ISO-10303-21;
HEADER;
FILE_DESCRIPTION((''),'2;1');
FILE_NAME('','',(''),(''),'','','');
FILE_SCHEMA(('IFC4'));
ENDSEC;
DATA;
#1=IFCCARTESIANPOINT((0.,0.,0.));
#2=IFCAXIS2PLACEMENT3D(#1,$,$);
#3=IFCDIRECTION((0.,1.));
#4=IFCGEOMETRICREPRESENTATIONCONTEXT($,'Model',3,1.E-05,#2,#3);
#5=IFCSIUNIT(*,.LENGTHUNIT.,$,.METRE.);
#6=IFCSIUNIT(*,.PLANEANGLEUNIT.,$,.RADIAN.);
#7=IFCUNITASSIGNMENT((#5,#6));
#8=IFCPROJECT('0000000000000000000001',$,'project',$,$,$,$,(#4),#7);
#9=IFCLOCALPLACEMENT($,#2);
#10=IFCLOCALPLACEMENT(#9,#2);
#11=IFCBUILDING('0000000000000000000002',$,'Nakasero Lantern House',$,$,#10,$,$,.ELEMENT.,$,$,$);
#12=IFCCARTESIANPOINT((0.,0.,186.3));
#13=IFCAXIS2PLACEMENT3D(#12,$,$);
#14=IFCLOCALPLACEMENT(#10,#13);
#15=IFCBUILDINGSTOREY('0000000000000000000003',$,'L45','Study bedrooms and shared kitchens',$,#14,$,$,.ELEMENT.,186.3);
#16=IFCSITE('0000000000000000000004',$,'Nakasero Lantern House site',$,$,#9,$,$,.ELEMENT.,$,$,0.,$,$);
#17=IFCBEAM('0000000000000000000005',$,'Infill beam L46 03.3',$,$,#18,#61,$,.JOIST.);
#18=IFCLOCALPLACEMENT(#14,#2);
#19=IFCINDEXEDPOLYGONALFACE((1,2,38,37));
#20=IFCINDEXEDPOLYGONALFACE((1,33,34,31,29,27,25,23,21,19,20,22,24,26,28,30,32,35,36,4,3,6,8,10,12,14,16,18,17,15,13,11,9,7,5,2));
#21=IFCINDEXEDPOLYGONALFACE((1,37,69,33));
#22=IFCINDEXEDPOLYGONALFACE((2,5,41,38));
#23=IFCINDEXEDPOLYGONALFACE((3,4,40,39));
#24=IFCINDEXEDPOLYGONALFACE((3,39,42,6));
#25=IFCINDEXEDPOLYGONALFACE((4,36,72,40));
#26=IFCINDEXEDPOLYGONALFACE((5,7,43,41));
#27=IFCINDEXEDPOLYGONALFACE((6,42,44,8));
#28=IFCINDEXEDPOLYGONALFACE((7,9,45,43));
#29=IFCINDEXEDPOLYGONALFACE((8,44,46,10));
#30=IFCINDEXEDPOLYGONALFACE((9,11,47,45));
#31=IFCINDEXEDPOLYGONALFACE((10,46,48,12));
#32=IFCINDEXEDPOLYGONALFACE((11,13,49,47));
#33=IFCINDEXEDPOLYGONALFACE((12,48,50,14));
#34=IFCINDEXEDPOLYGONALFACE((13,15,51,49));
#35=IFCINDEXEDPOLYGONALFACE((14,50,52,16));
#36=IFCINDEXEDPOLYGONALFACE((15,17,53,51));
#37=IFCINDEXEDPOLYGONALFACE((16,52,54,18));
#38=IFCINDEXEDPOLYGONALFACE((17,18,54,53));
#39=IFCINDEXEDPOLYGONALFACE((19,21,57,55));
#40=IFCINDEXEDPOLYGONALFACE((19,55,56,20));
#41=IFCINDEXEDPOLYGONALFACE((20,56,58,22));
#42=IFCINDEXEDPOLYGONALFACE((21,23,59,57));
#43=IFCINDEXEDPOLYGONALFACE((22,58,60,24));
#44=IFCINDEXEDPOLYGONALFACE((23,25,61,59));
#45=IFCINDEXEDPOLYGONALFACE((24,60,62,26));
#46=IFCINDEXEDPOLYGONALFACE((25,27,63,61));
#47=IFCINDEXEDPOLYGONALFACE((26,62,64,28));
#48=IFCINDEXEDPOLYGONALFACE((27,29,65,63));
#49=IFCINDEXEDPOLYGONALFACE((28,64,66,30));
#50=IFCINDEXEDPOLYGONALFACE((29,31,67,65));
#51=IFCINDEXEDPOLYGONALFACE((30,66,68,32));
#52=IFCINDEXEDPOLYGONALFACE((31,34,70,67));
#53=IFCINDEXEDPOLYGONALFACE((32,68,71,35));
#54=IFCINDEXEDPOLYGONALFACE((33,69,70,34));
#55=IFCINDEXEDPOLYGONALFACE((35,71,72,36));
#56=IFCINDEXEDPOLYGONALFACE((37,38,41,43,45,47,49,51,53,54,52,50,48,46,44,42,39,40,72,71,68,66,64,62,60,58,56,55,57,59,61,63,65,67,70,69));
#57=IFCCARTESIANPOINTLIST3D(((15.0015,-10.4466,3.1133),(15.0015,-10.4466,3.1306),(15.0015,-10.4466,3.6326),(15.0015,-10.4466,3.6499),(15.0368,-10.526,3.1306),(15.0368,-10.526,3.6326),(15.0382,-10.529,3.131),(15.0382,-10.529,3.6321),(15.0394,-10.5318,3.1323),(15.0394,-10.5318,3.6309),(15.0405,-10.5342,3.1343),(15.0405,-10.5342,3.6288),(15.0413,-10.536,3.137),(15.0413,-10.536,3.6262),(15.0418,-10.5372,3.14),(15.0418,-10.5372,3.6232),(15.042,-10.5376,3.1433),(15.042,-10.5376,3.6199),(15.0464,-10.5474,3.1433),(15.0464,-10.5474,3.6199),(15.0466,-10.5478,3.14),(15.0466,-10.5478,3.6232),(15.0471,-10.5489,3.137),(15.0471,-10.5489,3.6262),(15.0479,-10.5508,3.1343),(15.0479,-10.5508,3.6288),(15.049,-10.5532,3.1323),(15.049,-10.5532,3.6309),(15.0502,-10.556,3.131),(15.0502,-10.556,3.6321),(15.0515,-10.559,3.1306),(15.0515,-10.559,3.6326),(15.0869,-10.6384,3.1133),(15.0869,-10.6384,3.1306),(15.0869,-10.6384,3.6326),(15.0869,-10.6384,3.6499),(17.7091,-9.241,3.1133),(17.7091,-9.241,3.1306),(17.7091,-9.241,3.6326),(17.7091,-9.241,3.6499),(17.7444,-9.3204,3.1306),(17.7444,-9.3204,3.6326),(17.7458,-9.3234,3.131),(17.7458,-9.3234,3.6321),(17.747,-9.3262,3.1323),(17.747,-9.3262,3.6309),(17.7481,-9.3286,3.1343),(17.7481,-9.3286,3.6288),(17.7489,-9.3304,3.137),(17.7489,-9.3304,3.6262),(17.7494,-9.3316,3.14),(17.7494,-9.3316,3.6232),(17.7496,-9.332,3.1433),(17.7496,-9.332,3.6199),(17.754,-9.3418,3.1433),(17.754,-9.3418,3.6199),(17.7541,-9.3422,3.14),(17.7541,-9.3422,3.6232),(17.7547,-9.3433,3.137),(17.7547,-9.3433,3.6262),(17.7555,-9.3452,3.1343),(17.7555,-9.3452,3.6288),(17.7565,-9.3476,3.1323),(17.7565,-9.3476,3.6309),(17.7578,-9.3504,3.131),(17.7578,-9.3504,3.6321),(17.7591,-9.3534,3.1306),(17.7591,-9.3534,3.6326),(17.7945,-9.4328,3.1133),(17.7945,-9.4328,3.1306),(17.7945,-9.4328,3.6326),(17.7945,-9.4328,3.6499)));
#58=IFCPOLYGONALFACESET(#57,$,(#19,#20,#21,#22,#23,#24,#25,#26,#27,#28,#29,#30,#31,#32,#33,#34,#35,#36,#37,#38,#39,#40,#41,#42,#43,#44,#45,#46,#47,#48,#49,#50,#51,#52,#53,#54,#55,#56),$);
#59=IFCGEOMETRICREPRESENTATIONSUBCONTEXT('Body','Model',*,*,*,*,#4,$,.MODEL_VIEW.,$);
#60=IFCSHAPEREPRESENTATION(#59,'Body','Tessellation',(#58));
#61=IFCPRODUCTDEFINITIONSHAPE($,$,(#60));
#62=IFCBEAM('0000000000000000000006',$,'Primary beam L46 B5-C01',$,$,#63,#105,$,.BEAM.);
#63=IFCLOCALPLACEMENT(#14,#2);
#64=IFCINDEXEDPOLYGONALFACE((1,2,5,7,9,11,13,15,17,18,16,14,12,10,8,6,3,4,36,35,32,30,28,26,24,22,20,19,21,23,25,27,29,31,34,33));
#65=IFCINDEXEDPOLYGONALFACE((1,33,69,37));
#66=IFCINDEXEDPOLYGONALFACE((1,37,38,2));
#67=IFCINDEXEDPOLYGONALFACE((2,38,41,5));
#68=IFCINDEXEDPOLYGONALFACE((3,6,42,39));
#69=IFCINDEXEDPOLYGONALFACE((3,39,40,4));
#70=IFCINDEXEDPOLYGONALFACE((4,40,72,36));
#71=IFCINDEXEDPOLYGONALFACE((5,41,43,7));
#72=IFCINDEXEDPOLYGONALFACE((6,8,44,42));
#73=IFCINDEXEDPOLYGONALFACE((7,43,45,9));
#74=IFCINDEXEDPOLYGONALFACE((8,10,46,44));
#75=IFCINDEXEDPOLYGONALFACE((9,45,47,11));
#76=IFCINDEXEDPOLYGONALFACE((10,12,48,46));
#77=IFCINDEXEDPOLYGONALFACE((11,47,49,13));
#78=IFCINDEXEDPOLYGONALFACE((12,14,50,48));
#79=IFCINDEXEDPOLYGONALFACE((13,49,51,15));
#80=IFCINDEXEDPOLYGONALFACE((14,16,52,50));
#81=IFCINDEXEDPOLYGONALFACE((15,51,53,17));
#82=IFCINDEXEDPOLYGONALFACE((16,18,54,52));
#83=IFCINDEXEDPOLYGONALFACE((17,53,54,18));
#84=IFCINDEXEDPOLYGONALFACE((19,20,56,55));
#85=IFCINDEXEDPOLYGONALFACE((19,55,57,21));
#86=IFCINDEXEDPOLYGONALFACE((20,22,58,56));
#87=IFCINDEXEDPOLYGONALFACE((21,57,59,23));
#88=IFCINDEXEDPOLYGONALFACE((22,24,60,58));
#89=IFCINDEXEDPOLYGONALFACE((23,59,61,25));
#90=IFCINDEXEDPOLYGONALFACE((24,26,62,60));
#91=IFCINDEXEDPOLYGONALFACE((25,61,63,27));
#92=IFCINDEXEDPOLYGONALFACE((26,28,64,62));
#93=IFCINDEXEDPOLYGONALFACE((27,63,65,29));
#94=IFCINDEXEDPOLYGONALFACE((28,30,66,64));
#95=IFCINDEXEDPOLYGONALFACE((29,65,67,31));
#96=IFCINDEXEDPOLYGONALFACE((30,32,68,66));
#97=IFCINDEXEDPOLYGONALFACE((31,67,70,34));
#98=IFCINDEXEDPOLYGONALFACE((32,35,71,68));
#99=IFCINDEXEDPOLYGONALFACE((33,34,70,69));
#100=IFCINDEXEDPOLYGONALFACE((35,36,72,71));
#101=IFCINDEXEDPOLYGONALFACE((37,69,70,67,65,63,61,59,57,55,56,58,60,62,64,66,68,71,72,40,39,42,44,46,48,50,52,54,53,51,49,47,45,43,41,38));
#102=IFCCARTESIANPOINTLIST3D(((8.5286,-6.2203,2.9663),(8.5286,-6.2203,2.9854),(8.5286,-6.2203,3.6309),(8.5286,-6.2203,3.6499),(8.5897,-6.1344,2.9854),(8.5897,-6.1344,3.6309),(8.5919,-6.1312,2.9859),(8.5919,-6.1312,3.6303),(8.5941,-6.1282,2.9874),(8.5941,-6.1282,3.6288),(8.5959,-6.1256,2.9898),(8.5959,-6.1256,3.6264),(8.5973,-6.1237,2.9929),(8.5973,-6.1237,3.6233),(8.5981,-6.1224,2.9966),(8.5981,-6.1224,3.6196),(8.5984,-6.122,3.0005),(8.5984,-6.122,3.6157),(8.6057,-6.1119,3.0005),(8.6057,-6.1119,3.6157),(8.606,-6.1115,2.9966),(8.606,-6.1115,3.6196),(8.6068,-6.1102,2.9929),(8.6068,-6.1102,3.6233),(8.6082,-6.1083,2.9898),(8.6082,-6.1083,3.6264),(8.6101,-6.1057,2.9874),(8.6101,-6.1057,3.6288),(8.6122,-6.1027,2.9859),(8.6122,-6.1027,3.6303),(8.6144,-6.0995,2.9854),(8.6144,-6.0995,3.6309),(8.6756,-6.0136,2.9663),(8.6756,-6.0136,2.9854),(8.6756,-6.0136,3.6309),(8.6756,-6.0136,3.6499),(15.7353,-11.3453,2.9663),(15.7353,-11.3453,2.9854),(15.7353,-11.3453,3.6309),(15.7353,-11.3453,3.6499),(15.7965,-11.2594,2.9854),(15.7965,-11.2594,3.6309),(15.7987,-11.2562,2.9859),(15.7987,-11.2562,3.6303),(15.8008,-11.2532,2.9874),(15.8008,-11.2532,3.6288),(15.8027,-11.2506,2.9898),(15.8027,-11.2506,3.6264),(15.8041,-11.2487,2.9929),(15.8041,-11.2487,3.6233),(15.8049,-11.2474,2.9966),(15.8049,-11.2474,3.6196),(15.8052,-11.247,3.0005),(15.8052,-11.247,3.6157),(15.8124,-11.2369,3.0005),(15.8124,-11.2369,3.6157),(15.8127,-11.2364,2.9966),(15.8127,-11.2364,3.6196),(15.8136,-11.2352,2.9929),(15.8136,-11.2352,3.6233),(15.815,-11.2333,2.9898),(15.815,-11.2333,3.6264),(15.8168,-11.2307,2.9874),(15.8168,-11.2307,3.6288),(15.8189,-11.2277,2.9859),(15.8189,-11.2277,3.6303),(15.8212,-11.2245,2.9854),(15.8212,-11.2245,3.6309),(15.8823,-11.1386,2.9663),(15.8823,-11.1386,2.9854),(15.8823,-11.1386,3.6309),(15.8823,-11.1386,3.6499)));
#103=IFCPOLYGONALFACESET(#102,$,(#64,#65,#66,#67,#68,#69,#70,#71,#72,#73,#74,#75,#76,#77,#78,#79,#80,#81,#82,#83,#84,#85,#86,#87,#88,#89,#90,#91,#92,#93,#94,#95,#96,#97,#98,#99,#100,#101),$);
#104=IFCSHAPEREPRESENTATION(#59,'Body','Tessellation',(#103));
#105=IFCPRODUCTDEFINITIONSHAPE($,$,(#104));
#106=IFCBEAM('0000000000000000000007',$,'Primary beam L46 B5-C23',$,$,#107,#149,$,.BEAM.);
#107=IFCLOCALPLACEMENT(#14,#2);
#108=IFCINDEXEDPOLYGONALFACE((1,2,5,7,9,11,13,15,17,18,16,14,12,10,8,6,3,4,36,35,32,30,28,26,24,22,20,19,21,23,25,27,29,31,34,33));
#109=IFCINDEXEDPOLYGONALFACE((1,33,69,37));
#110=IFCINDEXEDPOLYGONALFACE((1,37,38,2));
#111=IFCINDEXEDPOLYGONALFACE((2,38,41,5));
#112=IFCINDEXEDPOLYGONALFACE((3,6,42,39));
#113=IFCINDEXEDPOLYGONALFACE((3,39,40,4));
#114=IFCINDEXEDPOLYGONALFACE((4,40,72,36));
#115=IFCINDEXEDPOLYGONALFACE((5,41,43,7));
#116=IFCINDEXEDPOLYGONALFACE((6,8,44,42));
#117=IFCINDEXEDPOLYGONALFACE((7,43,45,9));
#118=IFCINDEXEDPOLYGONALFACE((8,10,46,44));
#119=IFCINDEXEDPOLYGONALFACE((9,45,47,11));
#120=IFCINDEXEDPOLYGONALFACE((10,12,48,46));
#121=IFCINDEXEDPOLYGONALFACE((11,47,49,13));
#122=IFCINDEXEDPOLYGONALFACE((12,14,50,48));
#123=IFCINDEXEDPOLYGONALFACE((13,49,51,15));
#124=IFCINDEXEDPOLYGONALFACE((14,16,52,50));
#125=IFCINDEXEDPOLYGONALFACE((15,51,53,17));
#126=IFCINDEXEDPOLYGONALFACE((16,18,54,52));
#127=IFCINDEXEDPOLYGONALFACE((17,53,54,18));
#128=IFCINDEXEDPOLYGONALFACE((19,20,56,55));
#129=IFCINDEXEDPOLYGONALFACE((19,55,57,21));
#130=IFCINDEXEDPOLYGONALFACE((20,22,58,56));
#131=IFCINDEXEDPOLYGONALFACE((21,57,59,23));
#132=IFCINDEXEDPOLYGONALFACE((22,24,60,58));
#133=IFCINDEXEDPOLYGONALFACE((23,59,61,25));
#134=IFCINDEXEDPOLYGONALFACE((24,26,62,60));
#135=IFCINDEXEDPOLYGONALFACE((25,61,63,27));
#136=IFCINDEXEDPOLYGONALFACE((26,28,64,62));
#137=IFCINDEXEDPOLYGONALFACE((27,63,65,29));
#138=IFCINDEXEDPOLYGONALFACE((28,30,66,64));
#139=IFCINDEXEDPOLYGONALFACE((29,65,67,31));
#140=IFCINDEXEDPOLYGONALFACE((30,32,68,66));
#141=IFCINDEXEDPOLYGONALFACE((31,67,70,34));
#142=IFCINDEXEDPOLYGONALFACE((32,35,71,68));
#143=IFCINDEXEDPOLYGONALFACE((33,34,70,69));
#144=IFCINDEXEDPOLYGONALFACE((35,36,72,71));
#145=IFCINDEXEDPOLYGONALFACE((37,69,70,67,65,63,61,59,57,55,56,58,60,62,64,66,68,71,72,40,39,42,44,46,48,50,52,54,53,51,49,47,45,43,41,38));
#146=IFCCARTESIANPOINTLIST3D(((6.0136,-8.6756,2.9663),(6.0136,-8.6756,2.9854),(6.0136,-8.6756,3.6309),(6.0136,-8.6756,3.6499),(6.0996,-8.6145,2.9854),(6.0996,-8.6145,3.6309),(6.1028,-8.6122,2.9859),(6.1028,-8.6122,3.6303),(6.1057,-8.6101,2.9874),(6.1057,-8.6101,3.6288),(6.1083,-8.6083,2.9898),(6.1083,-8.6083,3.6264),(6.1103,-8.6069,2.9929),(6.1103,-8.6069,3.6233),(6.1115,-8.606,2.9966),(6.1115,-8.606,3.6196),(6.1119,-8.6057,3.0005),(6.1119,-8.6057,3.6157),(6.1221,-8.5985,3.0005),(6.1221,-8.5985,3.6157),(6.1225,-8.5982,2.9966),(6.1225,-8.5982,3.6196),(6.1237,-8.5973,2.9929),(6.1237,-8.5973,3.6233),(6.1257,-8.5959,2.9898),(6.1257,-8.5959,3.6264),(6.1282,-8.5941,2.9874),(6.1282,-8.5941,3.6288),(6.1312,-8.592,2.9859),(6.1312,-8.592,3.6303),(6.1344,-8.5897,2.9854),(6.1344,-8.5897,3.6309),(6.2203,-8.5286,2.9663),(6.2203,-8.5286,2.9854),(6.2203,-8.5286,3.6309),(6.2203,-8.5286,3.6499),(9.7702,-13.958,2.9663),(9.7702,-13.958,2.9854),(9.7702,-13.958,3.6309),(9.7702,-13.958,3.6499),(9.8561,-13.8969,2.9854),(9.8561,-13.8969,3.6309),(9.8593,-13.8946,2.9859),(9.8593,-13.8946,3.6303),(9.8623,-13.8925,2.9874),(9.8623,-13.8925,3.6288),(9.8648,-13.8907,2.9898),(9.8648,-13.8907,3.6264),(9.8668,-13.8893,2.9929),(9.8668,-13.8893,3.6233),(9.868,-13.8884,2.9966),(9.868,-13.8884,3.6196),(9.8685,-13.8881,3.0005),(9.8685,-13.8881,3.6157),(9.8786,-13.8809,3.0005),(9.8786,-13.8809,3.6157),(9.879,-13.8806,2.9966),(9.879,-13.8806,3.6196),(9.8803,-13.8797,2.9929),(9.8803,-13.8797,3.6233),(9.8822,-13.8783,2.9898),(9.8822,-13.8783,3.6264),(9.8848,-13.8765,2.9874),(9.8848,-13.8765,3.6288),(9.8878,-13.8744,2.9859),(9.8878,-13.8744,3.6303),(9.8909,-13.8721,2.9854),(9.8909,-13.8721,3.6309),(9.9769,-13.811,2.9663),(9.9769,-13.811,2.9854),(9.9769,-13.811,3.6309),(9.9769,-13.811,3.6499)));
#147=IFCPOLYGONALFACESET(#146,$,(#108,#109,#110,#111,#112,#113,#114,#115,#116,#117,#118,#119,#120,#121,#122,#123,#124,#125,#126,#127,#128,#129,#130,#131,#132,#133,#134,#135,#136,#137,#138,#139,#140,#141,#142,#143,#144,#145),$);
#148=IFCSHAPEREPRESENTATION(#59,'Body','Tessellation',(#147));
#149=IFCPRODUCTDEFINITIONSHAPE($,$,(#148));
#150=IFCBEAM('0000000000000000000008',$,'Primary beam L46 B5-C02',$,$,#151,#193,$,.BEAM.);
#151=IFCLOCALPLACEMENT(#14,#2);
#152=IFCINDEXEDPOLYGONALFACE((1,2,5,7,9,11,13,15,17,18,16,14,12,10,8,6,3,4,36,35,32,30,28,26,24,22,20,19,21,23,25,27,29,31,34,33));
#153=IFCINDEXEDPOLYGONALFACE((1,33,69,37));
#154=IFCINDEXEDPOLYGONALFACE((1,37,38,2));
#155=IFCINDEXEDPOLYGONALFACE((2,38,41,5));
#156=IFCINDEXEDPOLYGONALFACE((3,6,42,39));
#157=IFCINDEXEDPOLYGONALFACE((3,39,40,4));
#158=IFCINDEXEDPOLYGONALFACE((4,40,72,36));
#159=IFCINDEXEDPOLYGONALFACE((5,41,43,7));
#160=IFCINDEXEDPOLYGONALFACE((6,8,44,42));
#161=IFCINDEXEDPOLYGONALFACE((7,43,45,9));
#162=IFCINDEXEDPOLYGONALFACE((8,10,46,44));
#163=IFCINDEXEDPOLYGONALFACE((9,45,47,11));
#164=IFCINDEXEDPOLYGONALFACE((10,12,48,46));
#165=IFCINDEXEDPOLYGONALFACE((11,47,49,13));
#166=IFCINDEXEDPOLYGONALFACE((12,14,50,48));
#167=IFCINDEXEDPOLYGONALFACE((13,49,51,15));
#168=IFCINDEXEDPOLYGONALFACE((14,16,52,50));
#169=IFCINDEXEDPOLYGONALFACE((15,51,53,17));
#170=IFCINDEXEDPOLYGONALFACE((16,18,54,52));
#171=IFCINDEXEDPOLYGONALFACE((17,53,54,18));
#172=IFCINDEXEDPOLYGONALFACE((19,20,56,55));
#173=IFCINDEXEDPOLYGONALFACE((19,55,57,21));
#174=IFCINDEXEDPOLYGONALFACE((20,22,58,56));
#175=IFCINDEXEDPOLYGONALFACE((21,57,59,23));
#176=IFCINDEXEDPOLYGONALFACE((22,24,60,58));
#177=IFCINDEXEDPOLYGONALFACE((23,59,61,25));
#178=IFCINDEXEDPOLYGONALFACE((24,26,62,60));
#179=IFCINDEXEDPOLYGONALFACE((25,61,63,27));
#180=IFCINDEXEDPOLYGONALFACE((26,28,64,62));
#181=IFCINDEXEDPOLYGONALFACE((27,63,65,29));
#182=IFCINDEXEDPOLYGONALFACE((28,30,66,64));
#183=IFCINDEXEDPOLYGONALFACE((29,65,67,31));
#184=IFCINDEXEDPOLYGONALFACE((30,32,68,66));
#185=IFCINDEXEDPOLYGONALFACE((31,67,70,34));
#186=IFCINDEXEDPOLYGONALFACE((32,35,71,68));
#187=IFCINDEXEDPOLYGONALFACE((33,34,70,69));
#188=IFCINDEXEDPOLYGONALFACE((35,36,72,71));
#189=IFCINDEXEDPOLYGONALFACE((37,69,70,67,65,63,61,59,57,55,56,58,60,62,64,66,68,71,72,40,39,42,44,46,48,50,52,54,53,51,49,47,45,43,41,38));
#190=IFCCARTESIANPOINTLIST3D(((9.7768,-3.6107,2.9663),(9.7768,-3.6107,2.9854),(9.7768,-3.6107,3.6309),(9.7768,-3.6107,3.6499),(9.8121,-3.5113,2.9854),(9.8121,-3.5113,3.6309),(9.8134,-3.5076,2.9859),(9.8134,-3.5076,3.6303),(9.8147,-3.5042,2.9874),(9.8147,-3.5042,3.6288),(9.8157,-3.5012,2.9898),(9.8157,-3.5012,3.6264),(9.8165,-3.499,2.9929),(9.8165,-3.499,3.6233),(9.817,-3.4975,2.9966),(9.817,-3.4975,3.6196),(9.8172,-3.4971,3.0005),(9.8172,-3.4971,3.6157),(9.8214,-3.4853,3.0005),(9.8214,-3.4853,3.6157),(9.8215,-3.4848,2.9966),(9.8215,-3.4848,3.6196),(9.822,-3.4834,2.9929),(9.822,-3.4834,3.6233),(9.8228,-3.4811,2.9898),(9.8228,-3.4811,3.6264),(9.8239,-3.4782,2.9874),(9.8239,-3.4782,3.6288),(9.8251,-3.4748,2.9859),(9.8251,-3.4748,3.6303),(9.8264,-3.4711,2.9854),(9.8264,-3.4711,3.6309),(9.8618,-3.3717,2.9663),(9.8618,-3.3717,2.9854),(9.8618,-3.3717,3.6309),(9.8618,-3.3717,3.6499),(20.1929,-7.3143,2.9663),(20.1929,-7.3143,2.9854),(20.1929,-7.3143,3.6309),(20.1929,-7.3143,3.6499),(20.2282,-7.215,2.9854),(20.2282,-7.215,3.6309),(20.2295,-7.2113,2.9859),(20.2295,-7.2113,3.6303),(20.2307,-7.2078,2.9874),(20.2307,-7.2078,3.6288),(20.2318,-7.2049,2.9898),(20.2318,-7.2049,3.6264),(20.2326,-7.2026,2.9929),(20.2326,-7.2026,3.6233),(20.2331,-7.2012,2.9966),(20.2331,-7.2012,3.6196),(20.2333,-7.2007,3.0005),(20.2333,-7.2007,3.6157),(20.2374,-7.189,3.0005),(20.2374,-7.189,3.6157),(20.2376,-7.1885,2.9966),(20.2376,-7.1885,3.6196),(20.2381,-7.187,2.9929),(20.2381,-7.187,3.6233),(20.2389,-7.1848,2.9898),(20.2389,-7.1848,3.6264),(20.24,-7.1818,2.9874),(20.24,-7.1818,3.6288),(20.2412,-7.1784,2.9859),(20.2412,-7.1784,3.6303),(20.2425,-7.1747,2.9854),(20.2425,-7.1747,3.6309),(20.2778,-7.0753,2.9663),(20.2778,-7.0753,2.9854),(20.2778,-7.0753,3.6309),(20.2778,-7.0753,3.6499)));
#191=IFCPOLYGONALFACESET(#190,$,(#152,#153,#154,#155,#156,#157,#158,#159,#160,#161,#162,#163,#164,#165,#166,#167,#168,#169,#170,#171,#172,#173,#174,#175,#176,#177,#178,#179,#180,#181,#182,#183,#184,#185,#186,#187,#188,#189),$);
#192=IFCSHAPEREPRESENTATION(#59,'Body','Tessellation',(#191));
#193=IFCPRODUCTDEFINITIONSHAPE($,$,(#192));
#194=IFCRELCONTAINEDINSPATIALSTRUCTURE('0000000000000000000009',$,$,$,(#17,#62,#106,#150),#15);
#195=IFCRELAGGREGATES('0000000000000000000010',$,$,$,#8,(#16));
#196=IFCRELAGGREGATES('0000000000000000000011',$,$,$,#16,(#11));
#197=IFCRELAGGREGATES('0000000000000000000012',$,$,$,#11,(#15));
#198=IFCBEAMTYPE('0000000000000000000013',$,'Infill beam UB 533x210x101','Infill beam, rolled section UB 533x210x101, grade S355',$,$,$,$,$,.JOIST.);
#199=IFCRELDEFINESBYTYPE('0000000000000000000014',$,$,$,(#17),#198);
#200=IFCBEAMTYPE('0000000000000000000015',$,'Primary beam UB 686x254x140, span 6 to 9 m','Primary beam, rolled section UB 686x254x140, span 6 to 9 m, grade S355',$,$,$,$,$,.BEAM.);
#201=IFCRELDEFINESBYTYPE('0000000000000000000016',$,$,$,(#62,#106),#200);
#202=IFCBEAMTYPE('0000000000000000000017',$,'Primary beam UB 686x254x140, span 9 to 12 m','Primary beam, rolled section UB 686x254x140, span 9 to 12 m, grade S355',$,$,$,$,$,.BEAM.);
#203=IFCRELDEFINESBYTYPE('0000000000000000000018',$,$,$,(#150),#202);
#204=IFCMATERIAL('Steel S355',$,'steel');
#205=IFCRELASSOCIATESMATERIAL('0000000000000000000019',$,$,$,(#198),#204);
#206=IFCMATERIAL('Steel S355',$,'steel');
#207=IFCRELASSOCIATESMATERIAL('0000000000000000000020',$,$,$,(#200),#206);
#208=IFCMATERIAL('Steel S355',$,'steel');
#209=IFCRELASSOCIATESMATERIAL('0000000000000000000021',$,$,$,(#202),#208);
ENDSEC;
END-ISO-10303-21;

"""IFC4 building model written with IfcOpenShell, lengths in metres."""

from ifc_helpers import new_model, si_unit, direction, frame, origin, origin_2d, place, context, subcontext, project, spatial, i_section, extrude, material, material_profile, profile_set, type_object, element, save


model = new_model("IFC4")

# Units and contexts
model_context = context("Model", 3, precision=1e-05, world=origin(), true_north=direction((0.0, 1.0)))
body_context = subcontext(model_context, "Body", "Model", "MODEL_VIEW")
ifc_project = project(units=[si_unit("LENGTHUNIT", "METRE"), si_unit("PLANEANGLEUNIT", "RADIAN")], contexts=[model_context])

# Site, building, storey
site_placement = place(None, origin())
site = spatial("IfcSite", under=ifc_project, at=site_placement, Name="Nakasero Lantern House site", CompositionType="ELEMENT", RefElevation=0.0)
building_placement = place(site_placement, origin())
building = spatial("IfcBuilding", under=site, at=building_placement, Name="Nakasero Lantern House", CompositionType="ELEMENT")
storey_placement = place(building_placement, frame((0.0, 0.0, 186.3)))
storey = spatial("IfcBuildingStorey", under=building, at=storey_placement, Name="L45", Description="Study bedrooms and shared kitchens", CompositionType="ELEMENT", Elevation=186.3)

# Beams
ifc_material_1 = material(Name="Steel S355", Category="steel")
ifc_material_profile_1 = material_profile(ifc_material_1, i_section(OverallWidth=0.21, OverallDepth=0.5366, WebThickness=0.0107, FlangeThickness=0.0173, FilletRadius=0.0127, at=origin_2d()), Name="UB 533x210x101")
ifc_profile_set_1 = profile_set([ifc_material_profile_1], Name="Steel S355")
beam_type_1 = type_object("IfcBeamType", Name="Infill beam UB 533x210x101", Description="Infill beam, rolled section UB 533x210x101, grade S355", PredefinedType="JOIST", material=ifc_profile_set_1)
beam_1_placement = place(storey_placement, frame((15.0442, -10.5425, 3.3816), z_axis=(0.913533, 0.406765, 0.0), x_axis=(-0.406765, 0.913533, 0.0)))
element("IfcBeam", 1, at=beam_1_placement, inside=storey, type_object=beam_type_1, Name="Infill beam L46 03.3", PredefinedType="JOIST", context=body_context, shape_type="SweptSolid", body=[
    extrude(i_section(OverallWidth=0.21, OverallDepth=0.5366, WebThickness=0.0107, FlangeThickness=0.0173, FilletRadius=0.0127, at=origin_2d()), origin(), (0.0, 0.0, 1.0), 2.9639),
])
ifc_material_2 = material(Name="Steel S355", Category="steel")
ifc_material_profile_2 = material_profile(ifc_material_2, i_section(OverallWidth=0.2537, OverallDepth=0.6836, WebThickness=0.0125, FlangeThickness=0.019, FilletRadius=0.0151, at=origin_2d()), Name="UB 686x254x140")
ifc_profile_set_2 = profile_set([ifc_material_profile_2], Name="Steel S355")
beam_type_2 = type_object("IfcBeamType", Name="Primary beam UB 686x254x140, span 6 to 9 m", Description="Primary beam, rolled section UB 686x254x140, span 6 to 9 m, grade S355", PredefinedType="BEAM", material=ifc_profile_set_2)
beam_2_placement = place(storey_placement, frame((15.8088, -11.2419, 3.3081), z_axis=(-0.814946, 0.579537, 0.0), x_axis=(-0.579537, -0.814946, 0.0)))
element("IfcBeam", 2, at=beam_2_placement, inside=storey, type_object=beam_type_2, Name="Primary beam L46 B5-C01", PredefinedType="BEAM", context=body_context, shape_type="SweptSolid", body=[
    extrude(i_section(OverallWidth=0.2537, OverallDepth=0.6836, WebThickness=0.0125, FlangeThickness=0.019, FilletRadius=0.0151, at=origin_2d()), origin(), (0.0, 0.0, 1.0), 8.8433),
])
beam_3_placement = place(storey_placement, frame((9.8735, -13.8845, 3.3081), z_axis=(-0.579541, 0.814943, 0.0), x_axis=(-0.814943, -0.579541, 0.0)))
element("IfcBeam", 3, at=beam_3_placement, inside=storey, type_object=beam_type_2, Name="Primary beam L46 B5-C23", PredefinedType="BEAM", context=body_context, shape_type="SweptSolid", body=[
    extrude(i_section(OverallWidth=0.2537, OverallDepth=0.6836, WebThickness=0.0125, FlangeThickness=0.019, FilletRadius=0.0151, at=origin_2d()), origin(), (0.0, 0.0, 1.0), 6.4819),
])
ifc_material_3 = material(Name="Steel S355", Category="steel")
ifc_material_profile_3 = material_profile(ifc_material_3, i_section(OverallWidth=0.2537, OverallDepth=0.6836, WebThickness=0.0125, FlangeThickness=0.019, FilletRadius=0.0151, at=origin_2d()), Name="UB 686x254x140")
ifc_profile_set_3 = profile_set([ifc_material_profile_3], Name="Steel S355")
beam_type_3 = type_object("IfcBeamType", Name="Primary beam UB 686x254x140, span 9 to 12 m", Description="Primary beam, rolled section UB 686x254x140, span 9 to 12 m, grade S355", PredefinedType="BEAM", material=ifc_profile_set_3)
beam_4_placement = place(storey_placement, frame((20.2354, -7.1948, 3.3081), z_axis=(-0.942211, 0.335021, 0.0), x_axis=(-0.335021, -0.942211, 0.0)))
element("IfcBeam", 4, at=beam_4_placement, inside=storey, type_object=beam_type_3, Name="Primary beam L46 B5-C02", PredefinedType="BEAM", context=body_context, shape_type="SweptSolid", body=[
    extrude(i_section(OverallWidth=0.2537, OverallDepth=0.6836, WebThickness=0.0125, FlangeThickness=0.019, FilletRadius=0.0151, at=origin_2d()), origin(), (0.0, 0.0, 1.0), 11.0549),
])

save(model, "model.ifc")
